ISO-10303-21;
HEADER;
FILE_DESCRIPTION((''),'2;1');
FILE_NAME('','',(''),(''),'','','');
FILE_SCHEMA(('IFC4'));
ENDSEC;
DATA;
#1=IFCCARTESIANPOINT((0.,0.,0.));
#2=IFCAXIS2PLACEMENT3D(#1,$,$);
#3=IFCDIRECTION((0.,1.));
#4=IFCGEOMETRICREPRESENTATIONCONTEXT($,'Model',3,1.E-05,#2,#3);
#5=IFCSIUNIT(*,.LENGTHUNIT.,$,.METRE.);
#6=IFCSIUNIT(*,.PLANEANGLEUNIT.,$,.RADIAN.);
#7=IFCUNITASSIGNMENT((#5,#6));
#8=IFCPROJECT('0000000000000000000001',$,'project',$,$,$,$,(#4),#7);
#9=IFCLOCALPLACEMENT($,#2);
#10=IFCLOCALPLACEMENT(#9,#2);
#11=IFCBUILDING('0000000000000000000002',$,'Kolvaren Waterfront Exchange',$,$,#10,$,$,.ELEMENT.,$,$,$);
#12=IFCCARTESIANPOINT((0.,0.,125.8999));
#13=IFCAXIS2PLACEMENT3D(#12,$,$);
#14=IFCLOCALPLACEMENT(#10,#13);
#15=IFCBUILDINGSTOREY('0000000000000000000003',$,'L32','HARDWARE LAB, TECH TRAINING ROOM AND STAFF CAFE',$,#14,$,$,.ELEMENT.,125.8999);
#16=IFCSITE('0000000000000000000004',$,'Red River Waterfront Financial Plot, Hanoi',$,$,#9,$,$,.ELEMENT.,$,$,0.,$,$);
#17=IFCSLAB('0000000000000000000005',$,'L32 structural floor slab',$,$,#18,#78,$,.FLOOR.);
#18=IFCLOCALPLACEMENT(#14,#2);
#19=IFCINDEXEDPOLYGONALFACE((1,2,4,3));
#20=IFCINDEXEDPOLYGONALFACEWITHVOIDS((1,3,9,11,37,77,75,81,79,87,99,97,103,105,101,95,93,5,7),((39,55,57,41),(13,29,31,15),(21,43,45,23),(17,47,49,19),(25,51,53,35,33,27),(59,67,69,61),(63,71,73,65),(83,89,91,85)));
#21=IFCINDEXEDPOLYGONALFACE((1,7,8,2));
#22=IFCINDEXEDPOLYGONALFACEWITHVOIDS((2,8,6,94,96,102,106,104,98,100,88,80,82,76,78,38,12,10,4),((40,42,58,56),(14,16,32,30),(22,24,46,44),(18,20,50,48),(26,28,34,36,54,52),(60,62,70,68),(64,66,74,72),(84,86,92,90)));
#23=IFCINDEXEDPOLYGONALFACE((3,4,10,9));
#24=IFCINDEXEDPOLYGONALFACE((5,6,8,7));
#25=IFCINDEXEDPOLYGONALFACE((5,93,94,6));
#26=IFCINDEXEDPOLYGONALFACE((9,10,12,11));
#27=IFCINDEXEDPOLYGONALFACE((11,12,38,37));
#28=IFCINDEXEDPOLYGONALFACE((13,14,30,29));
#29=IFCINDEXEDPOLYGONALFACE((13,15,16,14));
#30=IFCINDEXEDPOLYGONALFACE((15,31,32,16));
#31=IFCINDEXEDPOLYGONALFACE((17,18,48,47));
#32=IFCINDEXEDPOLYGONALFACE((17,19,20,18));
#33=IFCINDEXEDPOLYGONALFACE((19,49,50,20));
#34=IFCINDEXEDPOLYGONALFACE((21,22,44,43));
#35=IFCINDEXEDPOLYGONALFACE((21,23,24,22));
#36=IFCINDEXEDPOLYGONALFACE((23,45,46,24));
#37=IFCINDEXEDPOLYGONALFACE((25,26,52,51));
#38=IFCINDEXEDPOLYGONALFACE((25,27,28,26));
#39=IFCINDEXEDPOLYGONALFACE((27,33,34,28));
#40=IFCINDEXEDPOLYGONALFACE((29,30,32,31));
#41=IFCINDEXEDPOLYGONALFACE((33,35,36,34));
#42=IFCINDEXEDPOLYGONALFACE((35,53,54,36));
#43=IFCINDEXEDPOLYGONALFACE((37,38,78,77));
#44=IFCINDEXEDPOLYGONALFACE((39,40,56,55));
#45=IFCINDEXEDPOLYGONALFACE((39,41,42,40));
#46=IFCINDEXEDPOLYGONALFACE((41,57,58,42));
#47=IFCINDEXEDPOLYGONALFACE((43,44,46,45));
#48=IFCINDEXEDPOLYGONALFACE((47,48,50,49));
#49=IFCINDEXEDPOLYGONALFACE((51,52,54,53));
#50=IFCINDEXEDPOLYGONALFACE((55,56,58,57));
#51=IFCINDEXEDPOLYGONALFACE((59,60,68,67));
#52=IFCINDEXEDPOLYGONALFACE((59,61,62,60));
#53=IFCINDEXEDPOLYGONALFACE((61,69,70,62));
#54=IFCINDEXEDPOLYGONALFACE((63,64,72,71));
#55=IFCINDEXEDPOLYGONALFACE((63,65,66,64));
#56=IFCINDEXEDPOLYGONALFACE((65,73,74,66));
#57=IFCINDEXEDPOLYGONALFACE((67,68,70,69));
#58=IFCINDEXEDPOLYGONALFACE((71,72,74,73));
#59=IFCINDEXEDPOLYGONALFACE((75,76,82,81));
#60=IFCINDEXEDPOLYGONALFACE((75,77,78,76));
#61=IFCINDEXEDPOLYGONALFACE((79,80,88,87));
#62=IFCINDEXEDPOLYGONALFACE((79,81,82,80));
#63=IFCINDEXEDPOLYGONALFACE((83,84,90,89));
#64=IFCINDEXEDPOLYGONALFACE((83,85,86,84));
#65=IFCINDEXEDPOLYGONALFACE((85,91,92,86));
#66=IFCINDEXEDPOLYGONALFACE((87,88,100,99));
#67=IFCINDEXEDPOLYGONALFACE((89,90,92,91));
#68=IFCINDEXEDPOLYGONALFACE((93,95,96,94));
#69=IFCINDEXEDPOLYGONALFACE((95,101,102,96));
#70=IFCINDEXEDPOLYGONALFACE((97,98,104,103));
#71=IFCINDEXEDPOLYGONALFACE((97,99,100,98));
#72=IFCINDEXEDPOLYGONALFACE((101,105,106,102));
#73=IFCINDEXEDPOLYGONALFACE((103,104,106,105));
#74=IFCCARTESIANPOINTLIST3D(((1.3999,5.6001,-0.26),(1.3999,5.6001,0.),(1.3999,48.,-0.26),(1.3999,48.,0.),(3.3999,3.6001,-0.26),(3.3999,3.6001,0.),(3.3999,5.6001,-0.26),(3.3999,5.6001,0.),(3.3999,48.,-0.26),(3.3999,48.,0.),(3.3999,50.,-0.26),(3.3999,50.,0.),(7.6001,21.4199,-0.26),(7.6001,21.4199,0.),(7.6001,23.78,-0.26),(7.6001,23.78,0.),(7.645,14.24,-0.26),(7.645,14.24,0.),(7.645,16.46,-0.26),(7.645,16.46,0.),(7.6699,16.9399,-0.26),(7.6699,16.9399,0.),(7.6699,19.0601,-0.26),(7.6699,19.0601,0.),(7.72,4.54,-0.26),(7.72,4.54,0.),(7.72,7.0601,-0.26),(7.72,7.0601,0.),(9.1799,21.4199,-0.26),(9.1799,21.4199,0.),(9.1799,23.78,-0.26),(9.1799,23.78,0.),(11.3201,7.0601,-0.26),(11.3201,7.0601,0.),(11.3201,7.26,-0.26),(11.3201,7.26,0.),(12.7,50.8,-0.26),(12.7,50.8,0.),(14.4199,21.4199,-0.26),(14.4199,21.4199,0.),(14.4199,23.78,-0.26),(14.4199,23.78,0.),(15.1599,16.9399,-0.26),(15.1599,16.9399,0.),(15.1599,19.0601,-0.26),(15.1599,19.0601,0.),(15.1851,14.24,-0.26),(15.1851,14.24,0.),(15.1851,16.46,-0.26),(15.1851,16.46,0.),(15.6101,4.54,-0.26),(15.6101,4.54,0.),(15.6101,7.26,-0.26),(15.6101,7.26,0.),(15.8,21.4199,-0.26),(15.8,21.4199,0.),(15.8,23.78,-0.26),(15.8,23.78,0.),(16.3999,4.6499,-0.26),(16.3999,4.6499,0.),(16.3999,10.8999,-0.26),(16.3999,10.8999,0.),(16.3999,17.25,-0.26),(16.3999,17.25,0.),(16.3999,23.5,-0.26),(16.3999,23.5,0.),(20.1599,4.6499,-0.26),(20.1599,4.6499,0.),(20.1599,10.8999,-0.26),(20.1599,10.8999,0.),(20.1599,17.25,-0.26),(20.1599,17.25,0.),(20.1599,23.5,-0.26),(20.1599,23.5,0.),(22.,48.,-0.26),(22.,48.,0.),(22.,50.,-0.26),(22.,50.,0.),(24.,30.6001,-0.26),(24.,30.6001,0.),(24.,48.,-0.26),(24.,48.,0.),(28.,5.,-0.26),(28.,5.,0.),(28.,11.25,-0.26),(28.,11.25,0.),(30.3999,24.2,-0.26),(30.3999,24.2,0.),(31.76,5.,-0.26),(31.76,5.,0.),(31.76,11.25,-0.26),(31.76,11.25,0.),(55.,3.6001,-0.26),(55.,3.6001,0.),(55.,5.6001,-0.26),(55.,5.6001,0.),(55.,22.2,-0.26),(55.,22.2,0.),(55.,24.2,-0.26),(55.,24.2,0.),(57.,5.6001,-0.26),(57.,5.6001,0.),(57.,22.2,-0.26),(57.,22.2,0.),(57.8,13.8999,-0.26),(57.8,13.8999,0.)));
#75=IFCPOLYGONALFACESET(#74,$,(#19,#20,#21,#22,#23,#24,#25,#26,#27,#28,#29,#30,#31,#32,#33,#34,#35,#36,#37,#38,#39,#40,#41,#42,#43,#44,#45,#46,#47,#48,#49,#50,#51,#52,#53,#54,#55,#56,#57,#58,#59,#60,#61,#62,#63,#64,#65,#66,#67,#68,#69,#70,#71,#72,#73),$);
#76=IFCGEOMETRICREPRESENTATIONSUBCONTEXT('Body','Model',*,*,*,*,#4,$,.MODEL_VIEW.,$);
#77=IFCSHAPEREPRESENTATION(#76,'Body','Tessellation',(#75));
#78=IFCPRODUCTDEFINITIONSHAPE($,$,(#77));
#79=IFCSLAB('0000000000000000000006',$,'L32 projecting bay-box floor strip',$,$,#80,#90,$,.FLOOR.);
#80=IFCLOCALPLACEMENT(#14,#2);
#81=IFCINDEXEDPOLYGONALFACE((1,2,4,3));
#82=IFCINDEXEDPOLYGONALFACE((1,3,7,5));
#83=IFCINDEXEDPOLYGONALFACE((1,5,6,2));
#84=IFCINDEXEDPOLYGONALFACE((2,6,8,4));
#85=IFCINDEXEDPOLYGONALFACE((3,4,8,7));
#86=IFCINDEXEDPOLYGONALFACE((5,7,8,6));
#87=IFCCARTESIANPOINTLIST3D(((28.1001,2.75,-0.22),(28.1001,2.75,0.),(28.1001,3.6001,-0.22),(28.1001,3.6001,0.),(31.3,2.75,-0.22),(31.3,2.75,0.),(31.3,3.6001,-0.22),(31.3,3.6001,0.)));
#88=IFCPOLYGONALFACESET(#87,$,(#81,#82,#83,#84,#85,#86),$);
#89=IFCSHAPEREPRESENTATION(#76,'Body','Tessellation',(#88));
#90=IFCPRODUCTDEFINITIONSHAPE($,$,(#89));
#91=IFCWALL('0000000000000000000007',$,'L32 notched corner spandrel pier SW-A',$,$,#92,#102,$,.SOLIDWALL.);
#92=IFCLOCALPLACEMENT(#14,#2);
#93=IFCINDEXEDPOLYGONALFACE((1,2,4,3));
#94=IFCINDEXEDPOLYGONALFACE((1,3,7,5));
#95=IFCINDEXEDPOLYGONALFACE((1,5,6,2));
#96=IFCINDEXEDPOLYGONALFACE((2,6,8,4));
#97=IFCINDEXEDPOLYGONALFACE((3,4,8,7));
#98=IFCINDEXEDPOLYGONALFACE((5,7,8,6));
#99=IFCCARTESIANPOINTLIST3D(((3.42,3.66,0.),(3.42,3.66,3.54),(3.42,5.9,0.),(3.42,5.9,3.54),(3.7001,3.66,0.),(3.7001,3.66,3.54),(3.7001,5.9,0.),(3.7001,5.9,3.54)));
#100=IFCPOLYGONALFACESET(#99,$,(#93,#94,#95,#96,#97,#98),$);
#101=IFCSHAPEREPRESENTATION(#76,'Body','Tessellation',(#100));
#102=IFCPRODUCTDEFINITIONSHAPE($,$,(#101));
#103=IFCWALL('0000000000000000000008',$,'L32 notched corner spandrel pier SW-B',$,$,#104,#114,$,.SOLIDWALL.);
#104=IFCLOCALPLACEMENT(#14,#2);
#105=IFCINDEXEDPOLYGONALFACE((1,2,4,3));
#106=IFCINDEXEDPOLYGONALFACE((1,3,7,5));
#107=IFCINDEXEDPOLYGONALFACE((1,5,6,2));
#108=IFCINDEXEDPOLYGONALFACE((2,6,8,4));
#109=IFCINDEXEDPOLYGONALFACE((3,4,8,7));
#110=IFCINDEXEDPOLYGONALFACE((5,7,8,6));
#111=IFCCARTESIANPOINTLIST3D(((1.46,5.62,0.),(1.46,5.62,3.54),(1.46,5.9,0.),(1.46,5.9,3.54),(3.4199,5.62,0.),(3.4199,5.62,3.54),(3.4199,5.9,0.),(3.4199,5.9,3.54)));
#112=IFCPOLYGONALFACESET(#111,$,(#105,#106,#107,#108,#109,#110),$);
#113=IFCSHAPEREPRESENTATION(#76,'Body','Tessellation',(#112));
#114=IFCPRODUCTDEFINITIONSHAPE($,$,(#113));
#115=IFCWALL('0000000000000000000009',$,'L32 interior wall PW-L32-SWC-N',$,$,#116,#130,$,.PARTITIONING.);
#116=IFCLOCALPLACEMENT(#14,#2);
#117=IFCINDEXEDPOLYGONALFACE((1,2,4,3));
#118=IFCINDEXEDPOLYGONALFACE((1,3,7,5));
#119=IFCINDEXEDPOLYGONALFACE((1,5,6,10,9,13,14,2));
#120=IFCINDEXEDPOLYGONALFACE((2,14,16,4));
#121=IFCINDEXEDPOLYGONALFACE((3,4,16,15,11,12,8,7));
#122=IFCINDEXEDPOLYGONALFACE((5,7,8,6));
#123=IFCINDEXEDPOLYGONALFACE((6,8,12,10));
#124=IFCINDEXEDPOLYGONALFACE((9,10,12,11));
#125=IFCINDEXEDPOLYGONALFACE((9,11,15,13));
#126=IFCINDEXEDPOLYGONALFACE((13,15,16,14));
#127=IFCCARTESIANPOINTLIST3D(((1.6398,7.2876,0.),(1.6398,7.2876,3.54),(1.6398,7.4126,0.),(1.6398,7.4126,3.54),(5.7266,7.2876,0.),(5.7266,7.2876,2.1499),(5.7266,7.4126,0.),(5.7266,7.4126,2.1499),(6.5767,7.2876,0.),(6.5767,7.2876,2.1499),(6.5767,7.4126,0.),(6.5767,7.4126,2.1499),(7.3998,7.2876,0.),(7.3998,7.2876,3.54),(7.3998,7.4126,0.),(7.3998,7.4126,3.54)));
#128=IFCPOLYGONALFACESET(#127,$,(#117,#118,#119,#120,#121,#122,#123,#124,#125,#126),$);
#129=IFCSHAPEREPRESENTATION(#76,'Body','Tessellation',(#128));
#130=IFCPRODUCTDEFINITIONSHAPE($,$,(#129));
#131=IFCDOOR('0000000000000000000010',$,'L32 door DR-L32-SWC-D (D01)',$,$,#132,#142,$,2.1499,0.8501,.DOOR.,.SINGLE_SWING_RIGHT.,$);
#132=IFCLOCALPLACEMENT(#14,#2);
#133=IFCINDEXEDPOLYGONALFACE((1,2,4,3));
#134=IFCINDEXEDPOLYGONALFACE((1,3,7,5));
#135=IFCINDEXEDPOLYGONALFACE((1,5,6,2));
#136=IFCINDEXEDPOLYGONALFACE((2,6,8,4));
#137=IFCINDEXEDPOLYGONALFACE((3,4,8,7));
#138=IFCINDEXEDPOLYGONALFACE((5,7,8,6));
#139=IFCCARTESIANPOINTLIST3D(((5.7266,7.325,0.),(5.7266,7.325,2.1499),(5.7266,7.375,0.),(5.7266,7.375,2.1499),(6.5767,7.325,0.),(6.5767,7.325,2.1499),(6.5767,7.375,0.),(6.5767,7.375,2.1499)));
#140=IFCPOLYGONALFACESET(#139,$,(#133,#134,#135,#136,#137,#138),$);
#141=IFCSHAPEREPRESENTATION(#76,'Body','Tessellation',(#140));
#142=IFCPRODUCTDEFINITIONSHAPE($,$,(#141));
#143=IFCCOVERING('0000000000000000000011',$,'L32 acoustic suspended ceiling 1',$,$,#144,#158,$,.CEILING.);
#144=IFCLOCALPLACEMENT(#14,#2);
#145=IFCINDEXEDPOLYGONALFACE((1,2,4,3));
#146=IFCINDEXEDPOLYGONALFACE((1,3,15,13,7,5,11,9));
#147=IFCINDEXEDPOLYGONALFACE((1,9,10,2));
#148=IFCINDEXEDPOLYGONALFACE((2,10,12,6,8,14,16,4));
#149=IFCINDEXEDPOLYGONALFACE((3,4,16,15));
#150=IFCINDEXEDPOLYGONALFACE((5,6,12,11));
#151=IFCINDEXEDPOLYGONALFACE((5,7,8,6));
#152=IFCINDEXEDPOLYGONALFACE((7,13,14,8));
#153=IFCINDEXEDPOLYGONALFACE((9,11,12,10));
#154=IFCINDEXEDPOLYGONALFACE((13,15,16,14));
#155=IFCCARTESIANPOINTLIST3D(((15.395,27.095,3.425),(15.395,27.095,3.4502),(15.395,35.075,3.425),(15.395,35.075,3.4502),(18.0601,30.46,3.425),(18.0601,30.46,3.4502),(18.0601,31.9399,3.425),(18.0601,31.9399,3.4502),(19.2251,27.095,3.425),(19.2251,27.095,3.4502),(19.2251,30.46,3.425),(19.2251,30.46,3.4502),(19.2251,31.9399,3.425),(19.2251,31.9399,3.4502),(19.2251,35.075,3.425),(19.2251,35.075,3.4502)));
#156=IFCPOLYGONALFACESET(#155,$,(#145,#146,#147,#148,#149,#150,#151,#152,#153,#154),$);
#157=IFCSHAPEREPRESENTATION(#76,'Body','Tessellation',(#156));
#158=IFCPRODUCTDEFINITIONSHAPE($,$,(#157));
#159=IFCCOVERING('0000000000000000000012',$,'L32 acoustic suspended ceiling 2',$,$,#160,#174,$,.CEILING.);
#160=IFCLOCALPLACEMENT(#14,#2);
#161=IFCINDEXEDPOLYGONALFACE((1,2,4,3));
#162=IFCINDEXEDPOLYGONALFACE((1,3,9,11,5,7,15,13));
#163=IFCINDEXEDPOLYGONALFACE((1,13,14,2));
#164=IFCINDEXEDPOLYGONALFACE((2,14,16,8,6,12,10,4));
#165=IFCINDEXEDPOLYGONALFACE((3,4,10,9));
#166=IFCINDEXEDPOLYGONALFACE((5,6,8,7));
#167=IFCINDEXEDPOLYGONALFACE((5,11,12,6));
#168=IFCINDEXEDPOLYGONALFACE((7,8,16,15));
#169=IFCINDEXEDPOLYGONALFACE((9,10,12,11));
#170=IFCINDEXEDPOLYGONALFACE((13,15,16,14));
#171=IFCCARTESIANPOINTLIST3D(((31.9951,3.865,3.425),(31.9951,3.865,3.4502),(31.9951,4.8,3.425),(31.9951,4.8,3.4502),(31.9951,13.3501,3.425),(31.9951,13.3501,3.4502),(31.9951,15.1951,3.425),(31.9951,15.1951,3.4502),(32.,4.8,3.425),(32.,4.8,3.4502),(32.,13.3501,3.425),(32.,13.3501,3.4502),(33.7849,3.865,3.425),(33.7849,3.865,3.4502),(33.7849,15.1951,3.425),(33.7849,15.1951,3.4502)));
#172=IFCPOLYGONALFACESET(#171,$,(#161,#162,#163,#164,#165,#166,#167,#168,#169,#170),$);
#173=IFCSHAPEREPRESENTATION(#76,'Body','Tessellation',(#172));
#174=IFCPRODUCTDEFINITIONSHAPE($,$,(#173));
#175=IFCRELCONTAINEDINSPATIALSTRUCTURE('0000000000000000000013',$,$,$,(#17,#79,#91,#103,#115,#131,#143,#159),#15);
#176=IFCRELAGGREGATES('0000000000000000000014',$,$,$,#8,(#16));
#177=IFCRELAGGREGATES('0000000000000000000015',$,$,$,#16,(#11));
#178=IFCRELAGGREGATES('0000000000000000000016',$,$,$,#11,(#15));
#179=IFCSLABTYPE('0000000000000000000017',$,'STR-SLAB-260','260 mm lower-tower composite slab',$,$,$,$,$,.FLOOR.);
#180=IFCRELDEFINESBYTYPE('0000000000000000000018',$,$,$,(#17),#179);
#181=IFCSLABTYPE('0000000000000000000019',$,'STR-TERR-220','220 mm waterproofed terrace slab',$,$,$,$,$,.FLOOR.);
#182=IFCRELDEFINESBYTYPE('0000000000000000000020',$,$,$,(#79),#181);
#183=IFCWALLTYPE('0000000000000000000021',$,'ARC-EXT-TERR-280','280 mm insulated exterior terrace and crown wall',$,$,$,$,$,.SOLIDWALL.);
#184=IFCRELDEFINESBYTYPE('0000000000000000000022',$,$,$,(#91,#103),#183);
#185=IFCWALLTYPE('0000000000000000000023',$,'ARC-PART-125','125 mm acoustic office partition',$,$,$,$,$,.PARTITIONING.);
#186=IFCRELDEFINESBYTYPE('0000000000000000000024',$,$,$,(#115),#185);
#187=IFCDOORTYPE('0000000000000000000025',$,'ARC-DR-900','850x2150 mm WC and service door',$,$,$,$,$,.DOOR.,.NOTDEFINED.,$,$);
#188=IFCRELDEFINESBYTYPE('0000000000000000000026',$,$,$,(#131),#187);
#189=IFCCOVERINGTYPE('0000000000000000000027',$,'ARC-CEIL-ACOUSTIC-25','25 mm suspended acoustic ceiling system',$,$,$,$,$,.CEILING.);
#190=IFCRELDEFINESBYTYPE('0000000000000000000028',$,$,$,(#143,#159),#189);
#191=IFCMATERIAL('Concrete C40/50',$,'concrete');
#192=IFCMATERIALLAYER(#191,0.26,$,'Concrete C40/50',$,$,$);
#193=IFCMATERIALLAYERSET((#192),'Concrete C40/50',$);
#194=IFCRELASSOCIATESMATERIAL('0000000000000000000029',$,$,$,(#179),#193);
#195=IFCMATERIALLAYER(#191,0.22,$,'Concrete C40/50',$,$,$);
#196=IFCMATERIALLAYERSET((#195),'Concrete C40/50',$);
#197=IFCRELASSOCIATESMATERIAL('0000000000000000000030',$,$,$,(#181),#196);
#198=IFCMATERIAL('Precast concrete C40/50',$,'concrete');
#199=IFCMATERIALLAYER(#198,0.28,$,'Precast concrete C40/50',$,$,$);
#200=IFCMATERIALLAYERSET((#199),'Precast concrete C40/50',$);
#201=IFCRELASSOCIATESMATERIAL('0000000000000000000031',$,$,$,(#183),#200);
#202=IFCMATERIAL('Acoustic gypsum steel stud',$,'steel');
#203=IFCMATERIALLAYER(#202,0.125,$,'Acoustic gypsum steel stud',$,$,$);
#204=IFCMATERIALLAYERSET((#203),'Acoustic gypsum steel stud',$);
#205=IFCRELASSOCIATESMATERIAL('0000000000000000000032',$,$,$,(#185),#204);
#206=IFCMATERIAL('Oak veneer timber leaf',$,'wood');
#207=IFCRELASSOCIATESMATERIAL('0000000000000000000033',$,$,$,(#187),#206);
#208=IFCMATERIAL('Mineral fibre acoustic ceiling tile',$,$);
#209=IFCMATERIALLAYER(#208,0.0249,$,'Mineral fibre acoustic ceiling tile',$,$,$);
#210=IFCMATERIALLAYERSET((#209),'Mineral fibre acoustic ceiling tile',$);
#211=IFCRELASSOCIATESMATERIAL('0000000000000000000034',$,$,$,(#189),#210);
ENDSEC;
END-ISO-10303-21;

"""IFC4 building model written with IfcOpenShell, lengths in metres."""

from ifc_helpers import new_model, si_unit, direction, frame, frame_2d, origin, place, context, subcontext, project, spatial, polyline, rectangle, outline, extrude, material, layer, layer_set, type_object, element, fill, save


model = new_model("IFC4")

# Units and contexts
model_context = context("Model", 3, precision=1e-05, world=origin(), true_north=direction((0.0, 1.0)))
body_context = subcontext(model_context, "Body", "Model", "MODEL_VIEW")
ifc_project = project(units=[si_unit("LENGTHUNIT", "METRE"), si_unit("PLANEANGLEUNIT", "RADIAN")], contexts=[model_context])

# Site, building, storey
site_placement = place(None, origin())
site = spatial("IfcSite", under=ifc_project, at=site_placement, Name="Red River Waterfront Financial Plot, Hanoi", CompositionType="ELEMENT", RefElevation=0.0)
building_placement = place(site_placement, origin())
building = spatial("IfcBuilding", under=site, at=building_placement, Name="Kolvaren Waterfront Exchange", CompositionType="ELEMENT")
storey_placement = place(building_placement, frame((0.0, 0.0, 125.8999)))
storey = spatial("IfcBuildingStorey", under=building, at=storey_placement, Name="L32", Description="HARDWARE LAB, TECH TRAINING ROOM AND STAFF CAFE", CompositionType="ELEMENT", Elevation=125.8999)

# Shared definitions
ifc_material_1 = material(Name="Concrete C40/50", Category="concrete")

# Slabs
ifc_layer_1 = layer(ifc_material_1, 0.26, Name="Concrete C40/50")
ifc_layer_set_1 = layer_set([ifc_layer_1], Name="Concrete C40/50")
slab_type_1 = type_object("IfcSlabType", Name="STR-SLAB-260", Description="260 mm lower-tower composite slab", PredefinedType="FLOOR", material=ifc_layer_set_1)
slab_1_placement = place(storey_placement, frame((0.0, 0.0, -0.26)))
element("IfcSlab", 1, at=slab_1_placement, inside=storey, type_object=slab_type_1, Name="L32 structural floor slab", PredefinedType="FLOOR", context=body_context, shape_type="SweptSolid", body=[
    extrude(outline(polyline([(3.3999, 3.6001), (55.0, 3.6001), (55.0, 5.6001), (57.0, 5.6001), (57.8, 13.8999), (57.0, 22.2), (55.0, 22.2), (55.0, 24.2), (30.3999, 24.2), (24.0, 30.6001), (24.0, 48.0), (22.0, 48.0), (22.0, 50.0), (12.7, 50.8), (3.3999, 50.0), (3.3999, 48.0), (1.3999, 48.0), (1.3999, 5.6001), (3.3999, 5.6001), (3.3999, 3.6001)]), holes=[polyline([(11.3201, 7.26), (15.6101, 7.26), (15.6101, 4.54), (7.72, 4.54), (7.72, 7.0601), (11.3201, 7.0601), (11.3201, 7.26)]), polyline([(20.1599, 10.8999), (20.1599, 4.6499), (16.3999, 4.6499), (16.3999, 10.8999), (20.1599, 10.8999)]), polyline([(31.76, 11.25), (31.76, 5.0), (28.0, 5.0), (28.0, 11.25), (31.76, 11.25)]), polyline([(15.1851, 14.24), (7.645, 14.24), (7.645, 16.46), (15.1851, 16.46), (15.1851, 14.24)]), polyline([(15.1599, 16.9399), (7.6699, 16.9399), (7.6699, 19.0601), (15.1599, 19.0601), (15.1599, 16.9399)]), polyline([(16.3999, 23.5), (20.1599, 23.5), (20.1599, 17.25), (16.3999, 17.25), (16.3999, 23.5)]), polyline([(7.6001, 23.78), (9.1799, 23.78), (9.1799, 21.4199), (7.6001, 21.4199), (7.6001, 23.78)]), polyline([(15.8, 23.78), (15.8, 21.4199), (14.4199, 21.4199), (14.4199, 23.78), (15.8, 23.78)])]), origin(), (0.0, 0.0, 1.0), 0.26),
])
ifc_layer_2 = layer(ifc_material_1, 0.22, Name="Concrete C40/50")
ifc_layer_set_2 = layer_set([ifc_layer_2], Name="Concrete C40/50")
slab_type_2 = type_object("IfcSlabType", Name="STR-TERR-220", Description="220 mm waterproofed terrace slab", PredefinedType="FLOOR", material=ifc_layer_set_2)
slab_2_placement = place(storey_placement, frame((0.0, 0.0, -0.22)))
element("IfcSlab", 2, at=slab_2_placement, inside=storey, type_object=slab_type_2, Name="L32 projecting bay-box floor strip", PredefinedType="FLOOR", context=body_context, shape_type="SweptSolid", body=[
    extrude(outline(polyline([(28.1001, 2.75), (31.3, 2.75), (31.3, 3.6001), (28.1001, 3.6001), (28.1001, 2.75)])), origin(), (0.0, 0.0, 1.0), 0.22),
])

# Walls
ifc_material_2 = material(Name="Precast concrete C40/50", Category="concrete")
ifc_layer_3 = layer(ifc_material_2, 0.28, Name="Precast concrete C40/50")
ifc_layer_set_3 = layer_set([ifc_layer_3], Name="Precast concrete C40/50")
wall_type_1 = type_object("IfcWallType", Name="ARC-EXT-TERR-280", Description="280 mm insulated exterior terrace and crown wall", PredefinedType="SOLIDWALL", material=ifc_layer_set_3)
wall_1_placement = place(storey_placement, frame((3.5601, 3.6599, 0.0), z_axis=(0.0, 0.0, 1.0), x_axis=(0.0, 1.0, 0.0)))
element("IfcWall", 3, at=wall_1_placement, inside=storey, type_object=wall_type_1, Name="L32 notched corner spandrel pier SW-A", PredefinedType="SOLIDWALL", context=body_context, shape_type="SweptSolid", body=[
    extrude(rectangle(XDim=2.24, YDim=0.28, at=frame_2d((1.1201, 0.0))), origin(), (0.0, 0.0, 1.0), 3.54),
])
wall_2_placement = place(storey_placement, frame((1.46, 5.76, 0.0), z_axis=(0.0, 0.0, 1.0), x_axis=(1.0, 0.0, 0.0)))
element("IfcWall", 4, at=wall_2_placement, inside=storey, type_object=wall_type_1, Name="L32 notched corner spandrel pier SW-B", PredefinedType="SOLIDWALL", context=body_context, shape_type="SweptSolid", body=[
    extrude(rectangle(XDim=1.96, YDim=0.28, at=frame_2d((0.98, 0.0))), origin(), (0.0, 0.0, 1.0), 3.54),
])

# Wall, opening, door
ifc_material_3 = material(Name="Acoustic gypsum steel stud", Category="steel")
ifc_layer_4 = layer(ifc_material_3, 0.125, Name="Acoustic gypsum steel stud")
ifc_layer_set_4 = layer_set([ifc_layer_4], Name="Acoustic gypsum steel stud")
wall_type_2 = type_object("IfcWallType", Name="ARC-PART-125", Description="125 mm acoustic office partition", PredefinedType="PARTITIONING", material=ifc_layer_set_4)
wall_3_placement = place(storey_placement, frame((1.6399, 7.3501, 0.0), z_axis=(0.0, 0.0, 1.0), x_axis=(1.0, 0.0, 0.0)))
wall_3 = element("IfcWall", 5, at=wall_3_placement, inside=storey, type_object=wall_type_2, Name="L32 interior wall PW-L32-SWC-N", PredefinedType="PARTITIONING", context=body_context, shape_type="SweptSolid", body=[
    extrude(rectangle(XDim=5.76, YDim=0.125, at=frame_2d((2.8799, 0.0))), origin(), (0.0, 0.0, 1.0), 3.54),
])
opening_placement = place(wall_3_placement, frame((4.0867, 0.0, 0.0)))
opening = element("IfcOpeningElement", 6, at=opening_placement, cuts=wall_3, PredefinedType="OPENING", context=body_context, shape_type="SweptSolid", body=[
    extrude(rectangle(XDim=0.8501, YDim=2.1499, at=frame_2d((0.425, 1.075))), frame((0.0, 0.0725, 0.0), z_axis=(0.0, -1.0, 0.0), x_axis=(1.0, 0.0, 0.0)), (0.0, 0.0, 1.0), 0.145),
])
ifc_material_4 = material(Name="Oak veneer timber leaf", Category="wood")
door_type = type_object("IfcDoorType", Name="ARC-DR-900", Description="850x2150 mm WC and service door", OperationType="NOTDEFINED", PredefinedType="DOOR", material=ifc_material_4)
door_placement = place(opening_placement, origin())
door = element("IfcDoor", 7, at=door_placement, inside=storey, type_object=door_type, Name="L32 door DR-L32-SWC-D (D01)", OperationType="SINGLE_SWING_RIGHT", OverallHeight=2.1499, OverallWidth=0.8501, PredefinedType="DOOR", context=body_context, shape_type="SweptSolid", body=[
    extrude(rectangle(XDim=0.8501, YDim=2.1499, at=frame_2d((0.425, 1.075))), frame((0.0, 0.0249, 0.0), z_axis=(0.0, -1.0, 0.0), x_axis=(1.0, 0.0, 0.0)), (0.0, 0.0, 1.0), 0.05),
])
fill(opening, door)

# Coverings
ifc_material_5 = material(Name="Mineral fibre acoustic ceiling tile")
ifc_layer_5 = layer(ifc_material_5, 0.0249, Name="Mineral fibre acoustic ceiling tile")
ifc_layer_set_5 = layer_set([ifc_layer_5], Name="Mineral fibre acoustic ceiling tile")
covering_type_1 = type_object("IfcCoveringType", Name="ARC-CEIL-ACOUSTIC-25", Description="25 mm suspended acoustic ceiling system", PredefinedType="CEILING", material=ifc_layer_set_5)
covering_1_placement = place(storey_placement, frame((0.0, 0.0, 3.425)))
element("IfcCovering", 8, at=covering_1_placement, inside=storey, type_object=covering_type_1, Name="L32 acoustic suspended ceiling 1", PredefinedType="CEILING", context=body_context, shape_type="SweptSolid", body=[
    extrude(outline(polyline([(19.2251, 30.46), (18.0601, 30.46), (18.0601, 31.9399), (19.2251, 31.9399), (19.2251, 35.075), (15.395, 35.075), (15.395, 27.095), (19.2251, 27.095), (19.2251, 30.46)])), origin(), (0.0, 0.0, 1.0), 0.0251),
])
covering_2_placement = place(storey_placement, frame((0.0, 0.0, 3.425)))
element("IfcCovering", 9, at=covering_2_placement, inside=storey, type_object=covering_type_1, Name="L32 acoustic suspended ceiling 2", PredefinedType="CEILING", context=body_context, shape_type="SweptSolid", body=[
    extrude(outline(polyline([(33.7849, 3.865), (33.7849, 15.1951), (31.9951, 15.1951), (31.9951, 13.3501), (32.0, 13.3501), (32.0, 4.8), (31.9951, 4.8), (31.9951, 3.865), (33.7849, 3.865)])), origin(), (0.0, 0.0, 1.0), 0.0251),
])

save(model, "model.ifc")
